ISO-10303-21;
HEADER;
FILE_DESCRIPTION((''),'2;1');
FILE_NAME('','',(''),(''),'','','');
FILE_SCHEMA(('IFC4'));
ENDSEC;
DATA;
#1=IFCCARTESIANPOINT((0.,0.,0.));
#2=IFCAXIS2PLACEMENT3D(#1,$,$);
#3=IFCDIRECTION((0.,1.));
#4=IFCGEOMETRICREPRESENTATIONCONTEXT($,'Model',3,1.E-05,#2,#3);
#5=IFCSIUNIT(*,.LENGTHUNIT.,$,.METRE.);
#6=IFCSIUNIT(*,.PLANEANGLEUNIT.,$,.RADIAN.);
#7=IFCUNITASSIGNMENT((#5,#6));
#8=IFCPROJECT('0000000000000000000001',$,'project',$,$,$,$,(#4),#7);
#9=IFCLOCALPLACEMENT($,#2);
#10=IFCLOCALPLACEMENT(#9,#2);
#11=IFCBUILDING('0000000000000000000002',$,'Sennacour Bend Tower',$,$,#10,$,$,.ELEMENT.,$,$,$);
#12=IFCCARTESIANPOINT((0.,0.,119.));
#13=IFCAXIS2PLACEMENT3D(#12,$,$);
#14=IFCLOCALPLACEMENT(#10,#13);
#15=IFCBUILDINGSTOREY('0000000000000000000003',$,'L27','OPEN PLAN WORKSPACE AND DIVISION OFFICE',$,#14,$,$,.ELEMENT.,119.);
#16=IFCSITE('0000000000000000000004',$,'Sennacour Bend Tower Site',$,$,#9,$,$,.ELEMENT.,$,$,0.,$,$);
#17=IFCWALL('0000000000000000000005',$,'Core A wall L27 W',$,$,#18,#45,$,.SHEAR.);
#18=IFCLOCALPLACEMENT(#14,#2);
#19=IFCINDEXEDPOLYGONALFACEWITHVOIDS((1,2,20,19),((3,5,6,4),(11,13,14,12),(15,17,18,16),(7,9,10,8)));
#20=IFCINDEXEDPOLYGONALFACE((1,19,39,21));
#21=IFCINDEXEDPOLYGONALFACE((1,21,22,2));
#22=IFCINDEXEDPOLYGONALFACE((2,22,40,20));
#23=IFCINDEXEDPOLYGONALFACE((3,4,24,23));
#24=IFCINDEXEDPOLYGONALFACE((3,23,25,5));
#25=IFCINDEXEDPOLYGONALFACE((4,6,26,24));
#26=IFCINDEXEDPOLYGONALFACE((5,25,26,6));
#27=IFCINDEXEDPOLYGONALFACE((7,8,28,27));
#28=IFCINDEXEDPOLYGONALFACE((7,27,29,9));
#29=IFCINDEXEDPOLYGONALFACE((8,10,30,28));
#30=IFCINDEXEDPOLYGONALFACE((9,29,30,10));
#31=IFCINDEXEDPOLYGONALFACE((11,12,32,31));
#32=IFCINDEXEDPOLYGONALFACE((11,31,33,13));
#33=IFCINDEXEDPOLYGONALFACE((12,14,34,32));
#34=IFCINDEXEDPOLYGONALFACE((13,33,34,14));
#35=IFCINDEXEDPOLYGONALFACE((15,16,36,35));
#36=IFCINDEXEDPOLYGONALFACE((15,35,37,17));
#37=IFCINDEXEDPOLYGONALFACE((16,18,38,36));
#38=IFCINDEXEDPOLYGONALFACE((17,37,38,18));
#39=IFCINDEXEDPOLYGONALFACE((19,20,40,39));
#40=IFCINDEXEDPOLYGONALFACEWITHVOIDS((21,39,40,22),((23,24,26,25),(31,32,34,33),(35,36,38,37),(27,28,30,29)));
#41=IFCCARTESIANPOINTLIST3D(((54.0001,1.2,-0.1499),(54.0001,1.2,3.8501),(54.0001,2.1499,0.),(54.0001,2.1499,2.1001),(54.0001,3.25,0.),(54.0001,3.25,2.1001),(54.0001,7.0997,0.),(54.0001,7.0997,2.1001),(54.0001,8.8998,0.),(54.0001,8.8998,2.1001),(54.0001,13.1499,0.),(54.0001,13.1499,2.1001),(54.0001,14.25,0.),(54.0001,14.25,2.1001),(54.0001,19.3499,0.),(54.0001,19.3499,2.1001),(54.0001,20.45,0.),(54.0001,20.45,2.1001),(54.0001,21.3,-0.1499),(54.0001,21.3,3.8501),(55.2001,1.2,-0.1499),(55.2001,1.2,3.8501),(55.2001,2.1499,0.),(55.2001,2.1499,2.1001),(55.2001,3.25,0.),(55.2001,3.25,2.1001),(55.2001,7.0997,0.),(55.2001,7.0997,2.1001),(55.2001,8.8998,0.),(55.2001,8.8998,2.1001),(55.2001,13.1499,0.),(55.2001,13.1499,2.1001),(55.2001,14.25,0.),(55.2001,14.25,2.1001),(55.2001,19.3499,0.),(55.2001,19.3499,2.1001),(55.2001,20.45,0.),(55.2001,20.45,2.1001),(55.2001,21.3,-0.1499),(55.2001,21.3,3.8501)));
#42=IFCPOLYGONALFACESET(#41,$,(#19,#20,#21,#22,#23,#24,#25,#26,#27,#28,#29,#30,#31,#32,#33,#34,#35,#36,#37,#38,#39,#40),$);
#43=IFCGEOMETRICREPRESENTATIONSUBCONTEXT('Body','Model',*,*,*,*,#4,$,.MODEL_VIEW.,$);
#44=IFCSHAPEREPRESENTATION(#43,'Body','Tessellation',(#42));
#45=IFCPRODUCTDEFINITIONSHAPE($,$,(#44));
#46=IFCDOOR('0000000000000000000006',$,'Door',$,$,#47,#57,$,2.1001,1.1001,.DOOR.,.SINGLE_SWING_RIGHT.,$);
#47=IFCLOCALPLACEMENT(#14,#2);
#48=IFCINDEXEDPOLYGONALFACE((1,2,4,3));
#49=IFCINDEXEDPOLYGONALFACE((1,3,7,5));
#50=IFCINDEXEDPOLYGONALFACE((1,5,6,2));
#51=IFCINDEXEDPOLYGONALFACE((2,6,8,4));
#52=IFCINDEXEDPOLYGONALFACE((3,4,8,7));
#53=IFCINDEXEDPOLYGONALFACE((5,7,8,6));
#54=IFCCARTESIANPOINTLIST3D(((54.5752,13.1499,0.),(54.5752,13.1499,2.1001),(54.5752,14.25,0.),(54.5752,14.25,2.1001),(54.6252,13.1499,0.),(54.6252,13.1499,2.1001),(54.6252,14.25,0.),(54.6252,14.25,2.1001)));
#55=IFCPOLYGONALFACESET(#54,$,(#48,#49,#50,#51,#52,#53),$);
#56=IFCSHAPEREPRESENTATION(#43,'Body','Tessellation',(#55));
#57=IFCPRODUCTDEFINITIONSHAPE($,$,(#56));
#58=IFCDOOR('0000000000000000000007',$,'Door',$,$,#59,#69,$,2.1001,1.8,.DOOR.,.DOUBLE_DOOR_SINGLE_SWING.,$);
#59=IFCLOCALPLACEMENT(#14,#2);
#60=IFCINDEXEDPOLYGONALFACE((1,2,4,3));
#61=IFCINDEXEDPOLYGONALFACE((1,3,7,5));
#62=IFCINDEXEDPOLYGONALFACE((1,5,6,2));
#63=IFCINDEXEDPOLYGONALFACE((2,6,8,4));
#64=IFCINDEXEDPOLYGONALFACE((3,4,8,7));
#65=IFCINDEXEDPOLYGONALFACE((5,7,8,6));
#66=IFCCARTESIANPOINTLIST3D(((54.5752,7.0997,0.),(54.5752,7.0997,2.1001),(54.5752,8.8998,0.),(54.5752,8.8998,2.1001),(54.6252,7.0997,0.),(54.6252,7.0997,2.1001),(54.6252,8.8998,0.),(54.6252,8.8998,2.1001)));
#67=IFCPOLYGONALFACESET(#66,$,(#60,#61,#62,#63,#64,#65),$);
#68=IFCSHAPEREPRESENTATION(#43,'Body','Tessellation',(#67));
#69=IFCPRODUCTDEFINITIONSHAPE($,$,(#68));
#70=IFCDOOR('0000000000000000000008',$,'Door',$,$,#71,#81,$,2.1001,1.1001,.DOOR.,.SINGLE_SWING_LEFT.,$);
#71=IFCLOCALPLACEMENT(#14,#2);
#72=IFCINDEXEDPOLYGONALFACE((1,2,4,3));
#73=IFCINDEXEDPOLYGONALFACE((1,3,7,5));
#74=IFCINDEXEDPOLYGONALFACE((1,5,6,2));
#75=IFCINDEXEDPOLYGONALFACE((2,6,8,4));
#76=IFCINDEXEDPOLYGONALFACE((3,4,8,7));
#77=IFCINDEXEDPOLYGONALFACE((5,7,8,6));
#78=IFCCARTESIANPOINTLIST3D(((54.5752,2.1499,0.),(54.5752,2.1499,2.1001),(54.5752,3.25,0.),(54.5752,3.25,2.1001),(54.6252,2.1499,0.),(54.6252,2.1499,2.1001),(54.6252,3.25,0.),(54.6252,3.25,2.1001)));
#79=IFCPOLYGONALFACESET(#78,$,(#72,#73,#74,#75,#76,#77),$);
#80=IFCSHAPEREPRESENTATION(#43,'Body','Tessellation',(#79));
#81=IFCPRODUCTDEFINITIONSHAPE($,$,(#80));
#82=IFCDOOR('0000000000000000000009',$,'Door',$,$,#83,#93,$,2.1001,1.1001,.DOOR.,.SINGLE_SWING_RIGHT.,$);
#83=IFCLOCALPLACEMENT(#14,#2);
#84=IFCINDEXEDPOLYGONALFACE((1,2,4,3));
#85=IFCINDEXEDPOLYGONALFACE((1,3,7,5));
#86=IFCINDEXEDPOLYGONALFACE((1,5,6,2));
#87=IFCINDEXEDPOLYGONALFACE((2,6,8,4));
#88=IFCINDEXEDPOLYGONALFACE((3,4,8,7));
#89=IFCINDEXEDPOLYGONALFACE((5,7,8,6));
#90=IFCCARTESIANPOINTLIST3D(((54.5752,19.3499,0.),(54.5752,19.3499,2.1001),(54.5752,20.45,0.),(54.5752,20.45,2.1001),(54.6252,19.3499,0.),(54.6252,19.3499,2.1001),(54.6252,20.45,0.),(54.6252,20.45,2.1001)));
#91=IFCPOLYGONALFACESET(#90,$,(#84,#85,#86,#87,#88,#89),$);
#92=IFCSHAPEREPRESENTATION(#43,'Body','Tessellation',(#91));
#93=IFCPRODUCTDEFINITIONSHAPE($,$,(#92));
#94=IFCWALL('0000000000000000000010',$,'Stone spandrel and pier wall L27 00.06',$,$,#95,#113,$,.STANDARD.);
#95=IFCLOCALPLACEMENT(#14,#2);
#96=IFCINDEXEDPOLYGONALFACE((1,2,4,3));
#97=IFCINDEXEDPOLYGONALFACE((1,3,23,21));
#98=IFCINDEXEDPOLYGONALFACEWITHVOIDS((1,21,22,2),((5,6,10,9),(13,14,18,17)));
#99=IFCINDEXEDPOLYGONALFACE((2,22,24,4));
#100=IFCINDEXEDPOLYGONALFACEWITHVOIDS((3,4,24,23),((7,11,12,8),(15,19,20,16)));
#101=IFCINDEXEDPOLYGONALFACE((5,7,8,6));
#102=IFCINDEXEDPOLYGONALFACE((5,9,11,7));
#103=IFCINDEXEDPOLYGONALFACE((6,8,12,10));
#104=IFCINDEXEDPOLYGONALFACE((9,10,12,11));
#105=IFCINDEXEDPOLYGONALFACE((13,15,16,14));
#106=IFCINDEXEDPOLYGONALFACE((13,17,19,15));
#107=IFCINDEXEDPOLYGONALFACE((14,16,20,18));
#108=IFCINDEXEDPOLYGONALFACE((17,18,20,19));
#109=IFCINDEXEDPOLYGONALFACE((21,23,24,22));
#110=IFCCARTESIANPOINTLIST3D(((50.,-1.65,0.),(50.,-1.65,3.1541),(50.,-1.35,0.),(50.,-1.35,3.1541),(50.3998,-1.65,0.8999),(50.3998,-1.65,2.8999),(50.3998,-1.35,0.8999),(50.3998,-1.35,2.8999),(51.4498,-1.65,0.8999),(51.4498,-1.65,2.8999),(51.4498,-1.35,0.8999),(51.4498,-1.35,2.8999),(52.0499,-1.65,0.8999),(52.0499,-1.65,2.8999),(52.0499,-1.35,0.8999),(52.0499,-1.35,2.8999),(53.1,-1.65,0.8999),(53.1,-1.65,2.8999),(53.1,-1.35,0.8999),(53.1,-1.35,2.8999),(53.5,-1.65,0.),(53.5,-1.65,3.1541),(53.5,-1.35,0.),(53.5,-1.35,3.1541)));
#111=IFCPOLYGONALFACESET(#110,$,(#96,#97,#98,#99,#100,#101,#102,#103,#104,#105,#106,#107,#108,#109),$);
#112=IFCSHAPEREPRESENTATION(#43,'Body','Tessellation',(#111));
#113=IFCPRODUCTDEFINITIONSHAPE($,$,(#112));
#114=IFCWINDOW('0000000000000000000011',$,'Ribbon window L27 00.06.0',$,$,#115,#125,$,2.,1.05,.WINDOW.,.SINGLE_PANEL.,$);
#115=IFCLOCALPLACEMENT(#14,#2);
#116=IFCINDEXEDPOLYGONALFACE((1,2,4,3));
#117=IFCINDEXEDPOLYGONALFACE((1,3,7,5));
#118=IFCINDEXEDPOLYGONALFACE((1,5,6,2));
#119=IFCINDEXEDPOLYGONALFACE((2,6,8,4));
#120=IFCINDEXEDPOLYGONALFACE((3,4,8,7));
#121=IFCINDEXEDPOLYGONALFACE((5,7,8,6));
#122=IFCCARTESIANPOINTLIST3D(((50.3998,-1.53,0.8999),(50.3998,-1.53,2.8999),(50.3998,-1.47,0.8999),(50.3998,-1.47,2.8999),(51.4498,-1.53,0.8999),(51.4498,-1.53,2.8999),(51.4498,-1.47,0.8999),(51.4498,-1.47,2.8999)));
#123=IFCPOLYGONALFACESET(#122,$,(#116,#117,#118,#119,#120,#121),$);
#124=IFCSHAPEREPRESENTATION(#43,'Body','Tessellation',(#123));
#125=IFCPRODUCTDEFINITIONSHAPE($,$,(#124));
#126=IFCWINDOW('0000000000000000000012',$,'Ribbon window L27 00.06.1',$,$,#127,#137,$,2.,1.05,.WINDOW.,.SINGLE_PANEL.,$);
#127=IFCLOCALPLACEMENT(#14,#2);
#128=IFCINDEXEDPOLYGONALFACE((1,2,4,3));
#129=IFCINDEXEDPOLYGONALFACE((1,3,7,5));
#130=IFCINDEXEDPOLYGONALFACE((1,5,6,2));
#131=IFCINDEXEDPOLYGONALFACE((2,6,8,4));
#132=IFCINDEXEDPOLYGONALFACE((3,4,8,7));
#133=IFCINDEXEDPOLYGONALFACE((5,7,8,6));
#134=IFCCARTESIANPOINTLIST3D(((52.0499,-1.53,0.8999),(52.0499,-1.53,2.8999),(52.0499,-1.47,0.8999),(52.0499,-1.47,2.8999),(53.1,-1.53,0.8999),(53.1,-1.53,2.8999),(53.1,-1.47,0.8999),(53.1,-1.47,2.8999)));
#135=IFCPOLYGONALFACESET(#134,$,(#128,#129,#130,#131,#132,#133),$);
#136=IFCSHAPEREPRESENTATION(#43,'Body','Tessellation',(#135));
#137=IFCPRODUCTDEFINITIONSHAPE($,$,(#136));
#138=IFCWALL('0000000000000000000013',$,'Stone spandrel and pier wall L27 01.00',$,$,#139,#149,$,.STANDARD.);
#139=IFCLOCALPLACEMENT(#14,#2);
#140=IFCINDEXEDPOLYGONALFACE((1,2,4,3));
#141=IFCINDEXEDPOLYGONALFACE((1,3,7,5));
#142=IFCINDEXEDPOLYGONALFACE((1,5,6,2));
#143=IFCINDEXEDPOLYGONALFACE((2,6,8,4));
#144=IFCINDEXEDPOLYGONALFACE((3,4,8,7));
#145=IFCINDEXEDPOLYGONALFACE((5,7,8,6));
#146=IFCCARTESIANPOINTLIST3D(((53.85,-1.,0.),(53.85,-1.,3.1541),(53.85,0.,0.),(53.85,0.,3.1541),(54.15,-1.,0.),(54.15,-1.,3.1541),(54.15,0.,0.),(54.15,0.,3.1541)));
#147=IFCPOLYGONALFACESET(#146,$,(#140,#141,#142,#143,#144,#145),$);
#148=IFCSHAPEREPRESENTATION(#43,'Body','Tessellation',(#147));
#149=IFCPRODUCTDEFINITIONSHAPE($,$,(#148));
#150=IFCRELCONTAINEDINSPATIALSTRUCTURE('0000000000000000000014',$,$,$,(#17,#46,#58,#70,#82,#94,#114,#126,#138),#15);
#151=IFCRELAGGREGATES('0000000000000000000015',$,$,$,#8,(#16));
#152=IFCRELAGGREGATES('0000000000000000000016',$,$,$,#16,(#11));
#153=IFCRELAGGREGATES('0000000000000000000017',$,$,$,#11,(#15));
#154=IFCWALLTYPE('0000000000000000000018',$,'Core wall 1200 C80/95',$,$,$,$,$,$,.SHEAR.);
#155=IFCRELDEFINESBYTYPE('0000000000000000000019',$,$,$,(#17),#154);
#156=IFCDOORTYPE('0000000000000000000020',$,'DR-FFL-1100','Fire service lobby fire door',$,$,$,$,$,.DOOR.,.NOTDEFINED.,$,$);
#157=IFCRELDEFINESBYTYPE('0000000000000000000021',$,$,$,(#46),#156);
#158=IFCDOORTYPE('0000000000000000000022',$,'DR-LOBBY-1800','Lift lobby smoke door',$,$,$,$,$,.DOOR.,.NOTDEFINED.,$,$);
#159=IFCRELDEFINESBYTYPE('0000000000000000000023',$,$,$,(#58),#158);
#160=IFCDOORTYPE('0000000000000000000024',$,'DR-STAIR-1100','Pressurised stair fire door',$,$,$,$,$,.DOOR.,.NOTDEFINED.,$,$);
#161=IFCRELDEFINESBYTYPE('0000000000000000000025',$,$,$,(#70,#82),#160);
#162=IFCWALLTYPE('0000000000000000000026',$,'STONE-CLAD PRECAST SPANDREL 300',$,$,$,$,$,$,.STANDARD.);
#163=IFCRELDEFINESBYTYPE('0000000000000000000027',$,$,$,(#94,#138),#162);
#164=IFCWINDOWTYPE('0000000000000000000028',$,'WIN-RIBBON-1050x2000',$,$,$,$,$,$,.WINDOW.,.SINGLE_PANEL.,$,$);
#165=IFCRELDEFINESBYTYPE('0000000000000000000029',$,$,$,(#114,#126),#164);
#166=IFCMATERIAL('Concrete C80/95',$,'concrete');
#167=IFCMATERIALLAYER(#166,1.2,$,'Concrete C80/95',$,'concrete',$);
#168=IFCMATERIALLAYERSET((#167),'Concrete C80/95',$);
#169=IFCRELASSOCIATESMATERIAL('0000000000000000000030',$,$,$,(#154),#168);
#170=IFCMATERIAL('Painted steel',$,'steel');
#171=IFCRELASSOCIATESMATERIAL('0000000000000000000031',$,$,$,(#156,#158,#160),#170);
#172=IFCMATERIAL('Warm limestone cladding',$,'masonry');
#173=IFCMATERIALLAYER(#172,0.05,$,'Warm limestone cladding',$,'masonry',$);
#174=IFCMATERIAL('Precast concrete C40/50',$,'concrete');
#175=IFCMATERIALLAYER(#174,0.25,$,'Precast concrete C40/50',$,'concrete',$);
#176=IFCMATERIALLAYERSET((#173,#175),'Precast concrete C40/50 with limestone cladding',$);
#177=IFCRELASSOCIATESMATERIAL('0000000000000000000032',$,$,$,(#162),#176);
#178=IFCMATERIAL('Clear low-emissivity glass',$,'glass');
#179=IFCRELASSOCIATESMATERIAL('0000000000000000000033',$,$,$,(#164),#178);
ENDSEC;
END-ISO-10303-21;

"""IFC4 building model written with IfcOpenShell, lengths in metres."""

from ifc_helpers import new_model, si_unit, direction, frame, frame_2d, origin, place, context, subcontext, project, spatial, rectangle, extrude, material, layer, layer_set, type_object, element, fill, save


model = new_model("IFC4")

# Units and contexts
model_context = context("Model", 3, precision=1e-05, world=origin(), true_north=direction((0.0, 1.0)))
body_context = subcontext(model_context, "Body", "Model", "MODEL_VIEW")
ifc_project = project(units=[si_unit("LENGTHUNIT", "METRE"), si_unit("PLANEANGLEUNIT", "RADIAN")], contexts=[model_context])

# Site, building, storey
site_placement = place(None, origin())
site = spatial("IfcSite", under=ifc_project, at=site_placement, Name="Sennacour Bend Tower Site", CompositionType="ELEMENT", RefElevation=0.0)
building_placement = place(site_placement, origin())
building = spatial("IfcBuilding", under=site, at=building_placement, Name="Sennacour Bend Tower", CompositionType="ELEMENT")
storey_placement = place(building_placement, frame((0.0, 0.0, 119.0)))
storey = spatial("IfcBuildingStorey", under=building, at=storey_placement, Name="L27", Description="OPEN PLAN WORKSPACE AND DIVISION OFFICE", CompositionType="ELEMENT", Elevation=119.0)

# Wall, openings, doors
ifc_material_1 = material(Name="Concrete C80/95", Category="concrete")
ifc_layer_1 = layer(ifc_material_1, 1.2, Name="Concrete C80/95", Category="concrete")
ifc_layer_set_1 = layer_set([ifc_layer_1], Name="Concrete C80/95")
wall_type_1 = type_object("IfcWallType", Name="Core wall 1200 C80/95", PredefinedType="SHEAR", material=ifc_layer_set_1)
wall_1_placement = place(storey_placement, frame((54.6001, 1.2, -0.1499), z_axis=(0.0, 0.0, 1.0), x_axis=(0.0, 1.0, 0.0)))
wall_1 = element("IfcWall", 1, at=wall_1_placement, inside=storey, type_object=wall_type_1, Name="Core A wall L27 W", PredefinedType="SHEAR", context=body_context, shape_type="SweptSolid", body=[
    extrude(rectangle(XDim=20.1001, YDim=1.2, at=frame_2d((10.05, 0.0))), origin(), (0.0, 0.0, 1.0), 4.0),
])
opening_1_placement = place(wall_1_placement, frame((5.8999, 0.0, 0.1499)))
opening_1 = element("IfcOpeningElement", 2, at=opening_1_placement, cuts=wall_1, PredefinedType="OPENING", context=body_context, shape_type="SweptSolid", body=[
    extrude(rectangle(XDim=1.8, YDim=2.1001, at=frame_2d((0.8999, 1.05))), frame((0.0, 0.6099, 0.0), z_axis=(0.0, -1.0, 0.0), x_axis=(1.0, 0.0, 0.0)), (0.0, 0.0, 1.0), 1.22),
])
opening_2_placement = place(wall_1_placement, frame((11.95, 0.0, 0.1499)))
opening_2 = element("IfcOpeningElement", 3, at=opening_2_placement, cuts=wall_1, PredefinedType="OPENING", context=body_context, shape_type="SweptSolid", body=[
    extrude(rectangle(XDim=1.1001, YDim=2.1001, at=frame_2d((0.55, 1.05))), frame((0.0, 0.6099, 0.0), z_axis=(0.0, -1.0, 0.0), x_axis=(1.0, 0.0, 0.0)), (0.0, 0.0, 1.0), 1.22),
])
opening_3_placement = place(wall_1_placement, frame((0.95, 0.0, 0.1499)))
opening_3 = element("IfcOpeningElement", 4, at=opening_3_placement, cuts=wall_1, PredefinedType="OPENING", context=body_context, shape_type="SweptSolid", body=[
    extrude(rectangle(XDim=1.1001, YDim=2.1001, at=frame_2d((0.55, 1.05))), frame((0.0, 0.6099, 0.0), z_axis=(0.0, -1.0, 0.0), x_axis=(1.0, 0.0, 0.0)), (0.0, 0.0, 1.0), 1.22),
])
opening_4_placement = place(wall_1_placement, frame((18.1499, 0.0, 0.1499)))
opening_4 = element("IfcOpeningElement", 5, at=opening_4_placement, cuts=wall_1, PredefinedType="OPENING", context=body_context, shape_type="SweptSolid", body=[
    extrude(rectangle(XDim=1.1001, YDim=2.1001, at=frame_2d((0.55, 1.05))), frame((0.0, 0.6099, 0.0), z_axis=(0.0, -1.0, 0.0), x_axis=(1.0, 0.0, 0.0)), (0.0, 0.0, 1.0), 1.22),
])
ifc_material_2 = material(Name="Painted steel", Category="steel")
door_type_1 = type_object("IfcDoorType", Name="DR-FFL-1100", Description="Fire service lobby fire door", OperationType="NOTDEFINED", PredefinedType="DOOR", material=ifc_material_2)
door_1_placement = place(opening_2_placement, origin())
door_1 = element("IfcDoor", 6, at=door_1_placement, inside=storey, type_object=door_type_1, Name="Door", OperationType="SINGLE_SWING_RIGHT", OverallHeight=2.1001, OverallWidth=1.1001, PredefinedType="DOOR", context=body_context, shape_type="SweptSolid", body=[
    extrude(rectangle(XDim=1.1001, YDim=2.1001, at=frame_2d((0.55, 1.05))), frame((0.0, 0.0249, 0.0), z_axis=(0.0, -1.0, 0.0), x_axis=(1.0, 0.0, 0.0)), (0.0, 0.0, 1.0), 0.05),
])
fill(opening_2, door_1)
door_type_2 = type_object("IfcDoorType", Name="DR-LOBBY-1800", Description="Lift lobby smoke door", OperationType="NOTDEFINED", PredefinedType="DOOR", material=ifc_material_2)
door_2_placement = place(opening_1_placement, origin())
door_2 = element("IfcDoor", 7, at=door_2_placement, inside=storey, type_object=door_type_2, Name="Door", OperationType="DOUBLE_DOOR_SINGLE_SWING", OverallHeight=2.1001, OverallWidth=1.8, PredefinedType="DOOR", context=body_context, shape_type="SweptSolid", body=[
    extrude(rectangle(XDim=1.8, YDim=2.1001, at=frame_2d((0.8999, 1.05))), frame((0.0, 0.0249, 0.0), z_axis=(0.0, -1.0, 0.0), x_axis=(1.0, 0.0, 0.0)), (0.0, 0.0, 1.0), 0.05),
])
fill(opening_1, door_2)
door_type_3 = type_object("IfcDoorType", Name="DR-STAIR-1100", Description="Pressurised stair fire door", OperationType="NOTDEFINED", PredefinedType="DOOR", material=ifc_material_2)
door_3_placement = place(opening_3_placement, origin())
door_3 = element("IfcDoor", 8, at=door_3_placement, inside=storey, type_object=door_type_3, Name="Door", OperationType="SINGLE_SWING_LEFT", OverallHeight=2.1001, OverallWidth=1.1001, PredefinedType="DOOR", context=body_context, shape_type="SweptSolid", body=[
    extrude(rectangle(XDim=1.1001, YDim=2.1001, at=frame_2d((0.55, 1.05))), frame((0.0, 0.0249, 0.0), z_axis=(0.0, -1.0, 0.0), x_axis=(1.0, 0.0, 0.0)), (0.0, 0.0, 1.0), 0.05),
])
fill(opening_3, door_3)
door_4_placement = place(opening_4_placement, origin())
door_4 = element("IfcDoor", 9, at=door_4_placement, inside=storey, type_object=door_type_3, Name="Door", OperationType="SINGLE_SWING_RIGHT", OverallHeight=2.1001, OverallWidth=1.1001, PredefinedType="DOOR", context=body_context, shape_type="SweptSolid", body=[
    extrude(rectangle(XDim=1.1001, YDim=2.1001, at=frame_2d((0.55, 1.05))), frame((0.0, 0.0249, 0.0), z_axis=(0.0, -1.0, 0.0), x_axis=(1.0, 0.0, 0.0)), (0.0, 0.0, 1.0), 0.05),
])
fill(opening_4, door_4)

# Wall, openings, windows
ifc_material_3 = material(Name="Warm limestone cladding", Category="masonry")
ifc_layer_2 = layer(ifc_material_3, 0.05, Name="Warm limestone cladding", Category="masonry")
ifc_material_4 = material(Name="Precast concrete C40/50", Category="concrete")
ifc_layer_3 = layer(ifc_material_4, 0.25, Name="Precast concrete C40/50", Category="concrete")
ifc_layer_set_2 = layer_set([ifc_layer_2, ifc_layer_3], Name="Precast concrete C40/50 with limestone cladding")
wall_type_2 = type_object("IfcWallType", Name="STONE-CLAD PRECAST SPANDREL 300", PredefinedType="STANDARD", material=ifc_layer_set_2)
wall_2_placement = place(storey_placement, frame((50.0, -1.5, 0.0), z_axis=(0.0, 0.0, 1.0), x_axis=(1.0, 0.0, 0.0)))
wall_2 = element("IfcWall", 10, at=wall_2_placement, inside=storey, type_object=wall_type_2, Name="Stone spandrel and pier wall L27 00.06", PredefinedType="STANDARD", context=body_context, shape_type="SweptSolid", body=[
    extrude(rectangle(XDim=3.5, YDim=0.3, at=frame_2d((1.75, 0.0))), origin(), (0.0, 0.0, 1.0), 3.1541),
])
opening_5_placement = place(wall_2_placement, frame((0.3999, 0.0, 0.8999)))
opening_5 = element("IfcOpeningElement", 11, at=opening_5_placement, cuts=wall_2, PredefinedType="OPENING", context=body_context, shape_type="SweptSolid", body=[
    extrude(rectangle(XDim=1.05, YDim=2.0, at=frame_2d((0.5249, 1.0))), frame((0.0, 0.1602, 0.0), z_axis=(0.0, -1.0, 0.0), x_axis=(1.0, 0.0, 0.0)), (0.0, 0.0, 1.0), 0.3201),
])
opening_6_placement = place(wall_2_placement, frame((2.05, 0.0, 0.8999)))
opening_6 = element("IfcOpeningElement", 12, at=opening_6_placement, cuts=wall_2, PredefinedType="OPENING", context=body_context, shape_type="SweptSolid", body=[
    extrude(rectangle(XDim=1.05, YDim=2.0, at=frame_2d((0.5249, 1.0))), frame((0.0, 0.1602, 0.0), z_axis=(0.0, -1.0, 0.0), x_axis=(1.0, 0.0, 0.0)), (0.0, 0.0, 1.0), 0.3201),
])
ifc_material_5 = material(Name="Clear low-emissivity glass", Category="glass")
window_type = type_object("IfcWindowType", Name="WIN-RIBBON-1050x2000", PartitioningType="SINGLE_PANEL", PredefinedType="WINDOW", material=ifc_material_5)
window_1_placement = place(opening_5_placement, origin())
window_1 = element("IfcWindow", 13, at=window_1_placement, inside=storey, type_object=window_type, Name="Ribbon window L27 00.06.0", OverallHeight=2.0, OverallWidth=1.05, PartitioningType="SINGLE_PANEL", PredefinedType="WINDOW", context=body_context, shape_type="SweptSolid", body=[
    extrude(rectangle(XDim=1.05, YDim=2.0, at=frame_2d((0.5249, 1.0))), frame((0.0, 0.03, 0.0), z_axis=(0.0, -1.0, 0.0), x_axis=(1.0, 0.0, 0.0)), (0.0, 0.0, 1.0), 0.0601),
])
fill(opening_5, window_1)
window_2_placement = place(opening_6_placement, origin())
window_2 = element("IfcWindow", 14, at=window_2_placement, inside=storey, type_object=window_type, Name="Ribbon window L27 00.06.1", OverallHeight=2.0, OverallWidth=1.05, PartitioningType="SINGLE_PANEL", PredefinedType="WINDOW", context=body_context, shape_type="SweptSolid", body=[
    extrude(rectangle(XDim=1.05, YDim=2.0, at=frame_2d((0.5249, 1.0))), frame((0.0, 0.03, 0.0), z_axis=(0.0, -1.0, 0.0), x_axis=(1.0, 0.0, 0.0)), (0.0, 0.0, 1.0), 0.0601),
])
fill(opening_6, window_2)

# Wall
wall_3_placement = place(storey_placement, frame((54.0, -1.0, 0.0), z_axis=(0.0, 0.0, 1.0), x_axis=(0.0, 1.0, 0.0)))
element("IfcWall", 15, at=wall_3_placement, inside=storey, type_object=wall_type_2, Name="Stone spandrel and pier wall L27 01.00", PredefinedType="STANDARD", context=body_context, shape_type="SweptSolid", body=[
    extrude(rectangle(XDim=1.0, YDim=0.3, at=frame_2d((0.5, 0.0))), origin(), (0.0, 0.0, 1.0), 3.1541),
])

save(model, "model.ifc")
